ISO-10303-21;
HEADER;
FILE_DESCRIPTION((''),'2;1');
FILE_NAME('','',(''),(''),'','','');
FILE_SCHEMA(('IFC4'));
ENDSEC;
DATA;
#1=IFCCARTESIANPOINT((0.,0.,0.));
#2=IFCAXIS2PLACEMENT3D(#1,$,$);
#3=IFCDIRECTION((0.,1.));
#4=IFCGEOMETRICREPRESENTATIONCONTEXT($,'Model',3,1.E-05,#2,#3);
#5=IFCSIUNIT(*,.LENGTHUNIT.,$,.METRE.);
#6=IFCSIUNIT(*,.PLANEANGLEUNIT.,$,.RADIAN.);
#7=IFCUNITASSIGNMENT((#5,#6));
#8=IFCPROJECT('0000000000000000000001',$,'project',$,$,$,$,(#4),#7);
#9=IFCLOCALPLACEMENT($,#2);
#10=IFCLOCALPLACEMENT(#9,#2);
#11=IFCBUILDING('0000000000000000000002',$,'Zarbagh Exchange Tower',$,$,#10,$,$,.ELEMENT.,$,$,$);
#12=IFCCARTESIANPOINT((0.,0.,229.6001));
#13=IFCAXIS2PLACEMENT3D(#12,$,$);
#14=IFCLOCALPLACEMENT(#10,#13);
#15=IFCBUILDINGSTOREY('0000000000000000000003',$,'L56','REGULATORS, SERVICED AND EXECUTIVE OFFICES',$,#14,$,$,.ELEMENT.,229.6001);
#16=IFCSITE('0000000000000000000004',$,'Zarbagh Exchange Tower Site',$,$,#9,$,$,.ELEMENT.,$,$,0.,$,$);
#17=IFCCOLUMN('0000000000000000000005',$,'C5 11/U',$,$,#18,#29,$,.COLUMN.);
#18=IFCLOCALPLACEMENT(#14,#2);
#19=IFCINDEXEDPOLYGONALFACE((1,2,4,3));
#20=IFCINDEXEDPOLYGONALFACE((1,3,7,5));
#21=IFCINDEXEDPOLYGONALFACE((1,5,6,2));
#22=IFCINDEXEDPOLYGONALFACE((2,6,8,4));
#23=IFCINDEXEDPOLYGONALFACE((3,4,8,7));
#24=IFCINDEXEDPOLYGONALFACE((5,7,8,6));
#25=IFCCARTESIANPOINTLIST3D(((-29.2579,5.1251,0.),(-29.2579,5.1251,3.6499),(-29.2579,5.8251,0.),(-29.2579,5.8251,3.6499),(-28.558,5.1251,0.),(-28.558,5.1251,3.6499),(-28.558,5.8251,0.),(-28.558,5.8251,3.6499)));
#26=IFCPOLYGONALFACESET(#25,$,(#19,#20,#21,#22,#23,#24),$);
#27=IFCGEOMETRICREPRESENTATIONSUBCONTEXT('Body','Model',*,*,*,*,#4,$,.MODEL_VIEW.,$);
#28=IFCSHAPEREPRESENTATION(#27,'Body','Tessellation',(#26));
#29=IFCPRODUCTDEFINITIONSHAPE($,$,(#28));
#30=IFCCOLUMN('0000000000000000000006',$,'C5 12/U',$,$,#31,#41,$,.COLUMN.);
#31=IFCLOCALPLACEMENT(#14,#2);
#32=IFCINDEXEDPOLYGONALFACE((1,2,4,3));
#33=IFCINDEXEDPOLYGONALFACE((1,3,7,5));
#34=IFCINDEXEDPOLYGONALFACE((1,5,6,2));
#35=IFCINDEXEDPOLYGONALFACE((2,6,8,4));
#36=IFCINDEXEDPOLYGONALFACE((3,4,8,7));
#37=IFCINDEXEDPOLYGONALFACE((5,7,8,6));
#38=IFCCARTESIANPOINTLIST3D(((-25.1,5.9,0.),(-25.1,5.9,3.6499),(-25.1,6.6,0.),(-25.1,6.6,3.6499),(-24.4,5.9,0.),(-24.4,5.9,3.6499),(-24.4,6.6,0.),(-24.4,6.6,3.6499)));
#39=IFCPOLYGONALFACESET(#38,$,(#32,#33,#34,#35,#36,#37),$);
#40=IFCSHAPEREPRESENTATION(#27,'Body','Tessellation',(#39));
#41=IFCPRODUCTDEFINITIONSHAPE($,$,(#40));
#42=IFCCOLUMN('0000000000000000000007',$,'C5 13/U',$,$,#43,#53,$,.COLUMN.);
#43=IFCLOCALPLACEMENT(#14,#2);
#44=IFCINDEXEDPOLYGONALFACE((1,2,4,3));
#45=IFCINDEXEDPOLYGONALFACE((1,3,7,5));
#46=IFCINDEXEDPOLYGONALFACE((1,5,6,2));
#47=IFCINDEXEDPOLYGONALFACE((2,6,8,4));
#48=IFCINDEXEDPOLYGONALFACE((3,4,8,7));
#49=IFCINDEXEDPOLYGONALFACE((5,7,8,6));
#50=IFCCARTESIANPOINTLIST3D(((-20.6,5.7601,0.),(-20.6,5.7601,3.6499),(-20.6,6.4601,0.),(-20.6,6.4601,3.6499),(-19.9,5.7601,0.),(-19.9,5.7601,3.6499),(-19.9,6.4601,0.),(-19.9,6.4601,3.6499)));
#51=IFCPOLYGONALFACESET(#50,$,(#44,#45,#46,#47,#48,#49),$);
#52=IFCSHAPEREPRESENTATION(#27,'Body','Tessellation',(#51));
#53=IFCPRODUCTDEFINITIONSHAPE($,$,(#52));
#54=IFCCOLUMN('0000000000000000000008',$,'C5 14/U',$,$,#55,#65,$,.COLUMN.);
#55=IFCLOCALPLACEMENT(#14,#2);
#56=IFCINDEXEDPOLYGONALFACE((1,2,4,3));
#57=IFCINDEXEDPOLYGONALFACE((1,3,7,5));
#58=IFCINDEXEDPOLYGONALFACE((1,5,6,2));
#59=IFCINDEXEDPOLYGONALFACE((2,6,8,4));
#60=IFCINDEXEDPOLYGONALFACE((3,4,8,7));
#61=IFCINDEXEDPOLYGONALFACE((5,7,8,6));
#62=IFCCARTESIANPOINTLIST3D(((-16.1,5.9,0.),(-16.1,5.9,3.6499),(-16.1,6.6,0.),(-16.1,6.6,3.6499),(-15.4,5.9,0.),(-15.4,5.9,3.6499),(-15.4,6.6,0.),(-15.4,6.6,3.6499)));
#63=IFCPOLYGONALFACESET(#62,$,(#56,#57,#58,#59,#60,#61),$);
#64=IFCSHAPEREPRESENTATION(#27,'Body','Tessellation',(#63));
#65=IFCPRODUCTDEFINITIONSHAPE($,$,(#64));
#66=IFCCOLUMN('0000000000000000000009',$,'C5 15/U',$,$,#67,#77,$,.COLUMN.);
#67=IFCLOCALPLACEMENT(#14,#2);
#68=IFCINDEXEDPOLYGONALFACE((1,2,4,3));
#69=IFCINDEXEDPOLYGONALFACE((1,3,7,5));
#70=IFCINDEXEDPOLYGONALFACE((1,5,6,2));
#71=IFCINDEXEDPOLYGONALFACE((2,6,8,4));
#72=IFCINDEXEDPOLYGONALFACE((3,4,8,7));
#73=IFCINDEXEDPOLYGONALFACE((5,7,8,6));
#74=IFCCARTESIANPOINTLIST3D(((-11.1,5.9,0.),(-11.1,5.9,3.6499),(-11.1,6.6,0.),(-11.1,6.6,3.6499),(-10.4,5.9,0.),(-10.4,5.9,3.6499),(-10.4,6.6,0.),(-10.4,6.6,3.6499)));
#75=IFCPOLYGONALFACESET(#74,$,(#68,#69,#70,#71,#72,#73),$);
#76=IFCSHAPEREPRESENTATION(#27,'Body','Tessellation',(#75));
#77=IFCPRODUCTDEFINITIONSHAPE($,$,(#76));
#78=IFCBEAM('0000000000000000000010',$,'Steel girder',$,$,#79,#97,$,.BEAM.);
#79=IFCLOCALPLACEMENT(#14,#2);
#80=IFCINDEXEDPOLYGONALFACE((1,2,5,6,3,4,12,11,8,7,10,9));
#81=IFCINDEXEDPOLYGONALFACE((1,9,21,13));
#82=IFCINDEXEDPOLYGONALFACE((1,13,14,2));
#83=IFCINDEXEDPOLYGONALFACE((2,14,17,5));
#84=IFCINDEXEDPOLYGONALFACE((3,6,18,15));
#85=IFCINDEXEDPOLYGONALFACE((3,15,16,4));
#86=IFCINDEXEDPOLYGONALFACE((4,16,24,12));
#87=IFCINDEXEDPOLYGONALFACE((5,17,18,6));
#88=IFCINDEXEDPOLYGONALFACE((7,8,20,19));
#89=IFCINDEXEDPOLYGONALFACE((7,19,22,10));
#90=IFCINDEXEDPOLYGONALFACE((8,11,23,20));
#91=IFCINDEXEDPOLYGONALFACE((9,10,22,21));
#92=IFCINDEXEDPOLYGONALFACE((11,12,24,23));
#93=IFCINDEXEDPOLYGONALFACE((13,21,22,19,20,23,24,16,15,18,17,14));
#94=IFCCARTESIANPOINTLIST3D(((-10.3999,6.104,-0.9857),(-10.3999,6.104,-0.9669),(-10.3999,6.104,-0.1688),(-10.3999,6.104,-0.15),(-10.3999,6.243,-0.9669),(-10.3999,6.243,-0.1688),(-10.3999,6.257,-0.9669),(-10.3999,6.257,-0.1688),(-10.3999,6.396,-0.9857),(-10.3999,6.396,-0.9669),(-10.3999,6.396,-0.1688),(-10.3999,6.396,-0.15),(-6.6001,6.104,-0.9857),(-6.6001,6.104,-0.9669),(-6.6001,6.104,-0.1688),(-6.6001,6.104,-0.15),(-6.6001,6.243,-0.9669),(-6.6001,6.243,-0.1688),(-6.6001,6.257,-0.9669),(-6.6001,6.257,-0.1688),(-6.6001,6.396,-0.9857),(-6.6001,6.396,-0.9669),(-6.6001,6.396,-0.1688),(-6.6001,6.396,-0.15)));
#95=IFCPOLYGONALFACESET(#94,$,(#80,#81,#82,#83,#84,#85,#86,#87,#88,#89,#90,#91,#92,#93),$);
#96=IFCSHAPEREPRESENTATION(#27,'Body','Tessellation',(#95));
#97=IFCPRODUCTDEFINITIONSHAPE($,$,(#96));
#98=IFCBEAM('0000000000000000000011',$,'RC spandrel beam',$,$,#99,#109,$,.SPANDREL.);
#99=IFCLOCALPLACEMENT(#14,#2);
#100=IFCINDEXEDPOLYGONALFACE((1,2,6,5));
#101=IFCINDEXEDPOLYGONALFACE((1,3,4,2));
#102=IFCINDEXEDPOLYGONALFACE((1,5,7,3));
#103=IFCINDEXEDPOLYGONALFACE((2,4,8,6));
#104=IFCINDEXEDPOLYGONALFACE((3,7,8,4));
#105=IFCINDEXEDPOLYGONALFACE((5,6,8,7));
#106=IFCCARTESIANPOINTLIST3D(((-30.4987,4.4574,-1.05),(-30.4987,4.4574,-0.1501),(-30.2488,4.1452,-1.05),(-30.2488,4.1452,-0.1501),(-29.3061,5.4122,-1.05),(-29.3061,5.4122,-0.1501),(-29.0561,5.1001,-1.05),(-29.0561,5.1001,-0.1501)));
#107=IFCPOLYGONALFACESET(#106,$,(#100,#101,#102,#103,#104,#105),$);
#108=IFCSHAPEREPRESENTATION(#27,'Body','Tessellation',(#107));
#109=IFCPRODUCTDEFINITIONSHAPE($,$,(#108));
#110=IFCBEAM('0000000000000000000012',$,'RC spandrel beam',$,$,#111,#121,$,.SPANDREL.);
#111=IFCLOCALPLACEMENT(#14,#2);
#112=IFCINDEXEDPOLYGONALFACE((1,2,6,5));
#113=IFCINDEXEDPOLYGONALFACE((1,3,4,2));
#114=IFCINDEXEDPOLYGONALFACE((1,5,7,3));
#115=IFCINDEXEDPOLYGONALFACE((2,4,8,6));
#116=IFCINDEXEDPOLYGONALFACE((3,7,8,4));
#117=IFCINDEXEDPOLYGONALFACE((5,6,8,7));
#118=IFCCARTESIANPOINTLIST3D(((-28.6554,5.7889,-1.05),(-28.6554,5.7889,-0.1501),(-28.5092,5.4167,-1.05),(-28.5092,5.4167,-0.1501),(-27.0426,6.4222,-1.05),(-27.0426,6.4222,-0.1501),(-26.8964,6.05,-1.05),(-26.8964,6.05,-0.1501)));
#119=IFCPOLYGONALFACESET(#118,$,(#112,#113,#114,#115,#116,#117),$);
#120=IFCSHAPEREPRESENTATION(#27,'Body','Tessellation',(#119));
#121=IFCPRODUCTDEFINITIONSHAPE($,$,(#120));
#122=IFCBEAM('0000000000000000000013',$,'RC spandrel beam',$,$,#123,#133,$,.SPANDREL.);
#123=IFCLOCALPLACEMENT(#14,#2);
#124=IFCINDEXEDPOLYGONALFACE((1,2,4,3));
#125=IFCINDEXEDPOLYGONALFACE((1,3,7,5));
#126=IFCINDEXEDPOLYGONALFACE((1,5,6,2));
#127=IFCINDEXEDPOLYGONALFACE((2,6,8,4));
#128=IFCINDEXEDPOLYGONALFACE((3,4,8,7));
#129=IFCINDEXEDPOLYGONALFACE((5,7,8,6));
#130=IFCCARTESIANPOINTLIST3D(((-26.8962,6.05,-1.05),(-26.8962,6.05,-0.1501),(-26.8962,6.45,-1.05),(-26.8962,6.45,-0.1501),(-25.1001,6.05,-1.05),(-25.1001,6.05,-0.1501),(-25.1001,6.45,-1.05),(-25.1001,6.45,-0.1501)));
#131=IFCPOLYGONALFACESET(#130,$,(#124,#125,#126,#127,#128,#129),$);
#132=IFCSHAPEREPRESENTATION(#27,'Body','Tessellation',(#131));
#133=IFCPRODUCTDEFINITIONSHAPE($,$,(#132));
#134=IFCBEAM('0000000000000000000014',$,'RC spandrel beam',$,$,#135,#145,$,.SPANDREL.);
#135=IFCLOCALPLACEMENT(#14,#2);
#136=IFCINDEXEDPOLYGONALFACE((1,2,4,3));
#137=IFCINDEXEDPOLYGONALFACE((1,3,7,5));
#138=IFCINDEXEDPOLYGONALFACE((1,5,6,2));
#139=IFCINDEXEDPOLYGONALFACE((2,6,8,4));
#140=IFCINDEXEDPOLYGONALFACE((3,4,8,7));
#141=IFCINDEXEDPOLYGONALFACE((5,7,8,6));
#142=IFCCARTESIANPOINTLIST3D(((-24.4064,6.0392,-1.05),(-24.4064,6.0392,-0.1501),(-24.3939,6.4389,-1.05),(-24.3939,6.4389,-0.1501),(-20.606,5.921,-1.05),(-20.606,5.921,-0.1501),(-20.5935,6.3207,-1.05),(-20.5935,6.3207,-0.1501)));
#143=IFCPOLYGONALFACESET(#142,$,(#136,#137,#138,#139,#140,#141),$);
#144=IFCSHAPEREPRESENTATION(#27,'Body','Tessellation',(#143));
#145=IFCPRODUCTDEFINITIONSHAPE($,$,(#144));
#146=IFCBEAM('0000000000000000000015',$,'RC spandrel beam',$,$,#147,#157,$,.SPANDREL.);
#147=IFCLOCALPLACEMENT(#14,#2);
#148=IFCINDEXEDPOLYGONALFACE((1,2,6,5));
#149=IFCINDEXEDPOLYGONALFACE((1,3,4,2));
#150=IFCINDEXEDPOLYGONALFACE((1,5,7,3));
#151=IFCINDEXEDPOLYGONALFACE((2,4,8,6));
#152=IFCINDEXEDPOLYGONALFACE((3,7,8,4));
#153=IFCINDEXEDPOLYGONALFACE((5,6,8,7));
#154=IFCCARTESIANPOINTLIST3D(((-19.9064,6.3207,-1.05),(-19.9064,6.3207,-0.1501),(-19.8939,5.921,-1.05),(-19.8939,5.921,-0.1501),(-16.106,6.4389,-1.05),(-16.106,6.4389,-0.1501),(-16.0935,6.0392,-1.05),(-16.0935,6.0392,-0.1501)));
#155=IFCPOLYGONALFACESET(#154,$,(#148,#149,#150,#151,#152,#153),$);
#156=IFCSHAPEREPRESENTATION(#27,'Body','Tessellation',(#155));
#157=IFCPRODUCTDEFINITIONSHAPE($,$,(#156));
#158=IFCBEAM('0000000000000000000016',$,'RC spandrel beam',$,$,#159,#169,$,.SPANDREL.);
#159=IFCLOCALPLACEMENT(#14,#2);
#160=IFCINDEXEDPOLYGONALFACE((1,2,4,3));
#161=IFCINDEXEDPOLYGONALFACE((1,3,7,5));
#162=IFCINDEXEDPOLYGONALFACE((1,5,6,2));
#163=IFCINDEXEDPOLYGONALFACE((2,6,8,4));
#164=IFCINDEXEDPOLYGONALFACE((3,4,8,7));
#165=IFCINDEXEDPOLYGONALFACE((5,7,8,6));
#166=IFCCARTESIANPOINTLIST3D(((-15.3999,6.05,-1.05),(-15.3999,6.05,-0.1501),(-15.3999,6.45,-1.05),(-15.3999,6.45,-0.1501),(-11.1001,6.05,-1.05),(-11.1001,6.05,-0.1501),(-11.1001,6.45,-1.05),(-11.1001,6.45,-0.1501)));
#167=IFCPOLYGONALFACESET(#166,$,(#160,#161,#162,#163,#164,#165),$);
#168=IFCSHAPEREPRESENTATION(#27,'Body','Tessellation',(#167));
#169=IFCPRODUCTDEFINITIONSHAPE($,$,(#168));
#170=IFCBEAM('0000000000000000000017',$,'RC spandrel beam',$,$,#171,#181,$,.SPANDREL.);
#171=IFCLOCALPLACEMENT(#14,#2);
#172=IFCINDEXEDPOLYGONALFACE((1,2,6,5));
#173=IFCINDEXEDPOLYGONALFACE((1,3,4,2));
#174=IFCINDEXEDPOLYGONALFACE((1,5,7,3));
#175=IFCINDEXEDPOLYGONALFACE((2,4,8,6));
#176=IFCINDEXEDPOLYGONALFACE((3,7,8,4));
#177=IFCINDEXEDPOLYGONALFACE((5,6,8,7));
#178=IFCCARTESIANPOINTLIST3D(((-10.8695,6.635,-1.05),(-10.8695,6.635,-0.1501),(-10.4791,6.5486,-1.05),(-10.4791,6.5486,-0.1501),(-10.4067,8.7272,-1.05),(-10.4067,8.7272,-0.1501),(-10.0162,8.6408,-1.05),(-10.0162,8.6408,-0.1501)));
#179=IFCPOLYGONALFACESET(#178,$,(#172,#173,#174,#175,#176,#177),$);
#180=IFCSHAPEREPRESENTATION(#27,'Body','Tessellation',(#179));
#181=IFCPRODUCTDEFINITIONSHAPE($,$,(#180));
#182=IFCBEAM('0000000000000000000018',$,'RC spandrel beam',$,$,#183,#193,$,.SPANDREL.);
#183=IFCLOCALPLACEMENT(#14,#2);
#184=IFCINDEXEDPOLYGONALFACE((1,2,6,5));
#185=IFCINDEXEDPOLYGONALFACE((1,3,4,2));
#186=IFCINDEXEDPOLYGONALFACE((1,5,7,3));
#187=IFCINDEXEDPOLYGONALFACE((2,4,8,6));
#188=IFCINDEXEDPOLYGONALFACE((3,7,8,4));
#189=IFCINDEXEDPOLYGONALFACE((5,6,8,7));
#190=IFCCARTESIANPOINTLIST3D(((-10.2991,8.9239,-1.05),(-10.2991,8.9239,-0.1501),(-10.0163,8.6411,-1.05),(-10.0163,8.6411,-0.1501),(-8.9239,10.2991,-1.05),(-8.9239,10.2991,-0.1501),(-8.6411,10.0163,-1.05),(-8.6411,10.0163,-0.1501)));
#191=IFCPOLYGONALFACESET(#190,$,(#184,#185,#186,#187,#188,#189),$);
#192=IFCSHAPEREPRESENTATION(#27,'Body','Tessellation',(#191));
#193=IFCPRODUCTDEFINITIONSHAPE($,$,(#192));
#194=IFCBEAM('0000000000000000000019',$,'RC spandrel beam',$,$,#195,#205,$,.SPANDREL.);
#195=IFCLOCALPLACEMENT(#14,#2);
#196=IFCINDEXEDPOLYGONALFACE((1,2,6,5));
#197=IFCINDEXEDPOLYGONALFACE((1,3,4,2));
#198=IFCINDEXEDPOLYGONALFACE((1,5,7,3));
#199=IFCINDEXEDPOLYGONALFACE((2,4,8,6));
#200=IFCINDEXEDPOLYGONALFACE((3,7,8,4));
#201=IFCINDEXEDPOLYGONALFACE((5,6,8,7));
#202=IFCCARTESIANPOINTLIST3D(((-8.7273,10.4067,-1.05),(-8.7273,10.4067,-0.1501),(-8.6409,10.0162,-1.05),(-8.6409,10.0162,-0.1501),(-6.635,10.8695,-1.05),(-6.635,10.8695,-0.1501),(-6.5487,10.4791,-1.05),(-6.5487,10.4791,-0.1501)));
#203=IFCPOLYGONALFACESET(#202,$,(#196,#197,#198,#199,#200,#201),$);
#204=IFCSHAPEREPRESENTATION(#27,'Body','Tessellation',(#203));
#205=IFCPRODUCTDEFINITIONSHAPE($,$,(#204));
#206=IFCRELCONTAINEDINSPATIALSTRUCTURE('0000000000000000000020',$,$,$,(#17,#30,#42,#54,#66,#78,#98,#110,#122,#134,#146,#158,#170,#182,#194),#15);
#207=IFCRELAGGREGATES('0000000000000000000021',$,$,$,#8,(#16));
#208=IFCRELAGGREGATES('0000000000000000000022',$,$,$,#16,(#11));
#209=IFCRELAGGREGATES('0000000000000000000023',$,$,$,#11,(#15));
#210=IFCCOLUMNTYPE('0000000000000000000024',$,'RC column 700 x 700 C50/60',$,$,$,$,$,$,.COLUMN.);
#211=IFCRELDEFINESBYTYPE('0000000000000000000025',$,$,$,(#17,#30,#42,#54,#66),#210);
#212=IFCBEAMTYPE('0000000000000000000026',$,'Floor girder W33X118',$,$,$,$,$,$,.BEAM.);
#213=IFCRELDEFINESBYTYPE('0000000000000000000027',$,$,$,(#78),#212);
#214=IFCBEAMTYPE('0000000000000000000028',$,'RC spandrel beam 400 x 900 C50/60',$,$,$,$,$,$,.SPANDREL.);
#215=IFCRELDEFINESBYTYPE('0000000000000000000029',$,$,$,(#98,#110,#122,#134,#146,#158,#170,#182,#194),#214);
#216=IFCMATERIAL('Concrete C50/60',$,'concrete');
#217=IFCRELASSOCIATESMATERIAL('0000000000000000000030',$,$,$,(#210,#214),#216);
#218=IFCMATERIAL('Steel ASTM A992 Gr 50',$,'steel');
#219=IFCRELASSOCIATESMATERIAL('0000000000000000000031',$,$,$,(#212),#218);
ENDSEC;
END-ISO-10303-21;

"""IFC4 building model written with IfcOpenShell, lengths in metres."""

from ifc_helpers import new_model, si_unit, direction, frame, origin, origin_2d, place, context, subcontext, project, spatial, rectangle, i_section, extrude, material, material_profile, profile_set, type_object, element, save


model = new_model("IFC4")

# Units and contexts
model_context = context("Model", 3, precision=1e-05, world=origin(), true_north=direction((0.0, 1.0)))
body_context = subcontext(model_context, "Body", "Model", "MODEL_VIEW")
ifc_project = project(units=[si_unit("LENGTHUNIT", "METRE"), si_unit("PLANEANGLEUNIT", "RADIAN")], contexts=[model_context])

# Site, building, storey
site_placement = place(None, origin())
site = spatial("IfcSite", under=ifc_project, at=site_placement, Name="Zarbagh Exchange Tower Site", CompositionType="ELEMENT", RefElevation=0.0)
building_placement = place(site_placement, origin())
building = spatial("IfcBuilding", under=site, at=building_placement, Name="Zarbagh Exchange Tower", CompositionType="ELEMENT")
storey_placement = place(building_placement, frame((0.0, 0.0, 229.6001)))
storey = spatial("IfcBuildingStorey", under=building, at=storey_placement, Name="L56", Description="REGULATORS, SERVICED AND EXECUTIVE OFFICES", CompositionType="ELEMENT", Elevation=229.6001)

# Columns
ifc_material_1 = material(Name="Concrete C50/60", Category="concrete")
ifc_material_profile_1 = material_profile(ifc_material_1, rectangle(XDim=0.7, YDim=0.7, at=origin_2d()), Name="RC column 700 x 700 C50/60")
ifc_profile_set_1 = profile_set([ifc_material_profile_1], Name="Concrete C50/60")
column_type = type_object("IfcColumnType", Name="RC column 700 x 700 C50/60", PredefinedType="COLUMN", material=ifc_profile_set_1)
for number, where, z_axis, x_axis, name in (
    (1, (-28.908, 5.4751, 0.0), (0.0, 0.0, 1.0), (1.0, 0.0, 0.0), "C5 11/U"),
    (2, (-24.75, 6.25, 0.0), (0.0, 0.0, 1.0), (1.0, 0.0, 0.0), "C5 12/U"),
    (3, (-20.25, 6.1101, 0.0), (0.0, 0.0, 1.0), (1.0, 0.0, 0.0), "C5 13/U"),
    (4, (-15.75, 6.25, 0.0), (0.0, 0.0, 1.0), (1.0, 0.0, 0.0), "C5 14/U"),
    (5, (-10.75, 6.25, 0.0), (0.0, 0.0, 1.0), (1.0, 0.0, 0.0), "C5 15/U"),
):
    element("IfcColumn", number, at=place(storey_placement, frame(where, z_axis=z_axis, x_axis=x_axis)), inside=storey, type_object=column_type, Name=name, PredefinedType="COLUMN", context=body_context, shape_type="SweptSolid", body=[
        extrude(rectangle(XDim=0.7, YDim=0.7, at=origin_2d()), origin(), (0.0, 0.0, 1.0), 3.6499),
    ])

# Beams
ifc_material_2 = material(Name="Steel ASTM A992 Gr 50", Category="steel")
ifc_material_profile_2 = material_profile(ifc_material_2, i_section(OverallWidth=0.292, OverallDepth=0.8357, WebThickness=0.0139, FlangeThickness=0.0188, at=origin_2d()), Name="W33X118")
ifc_profile_set_2 = profile_set([ifc_material_profile_2], Name="Steel ASTM A992 Gr 50")
beam_type_1 = type_object("IfcBeamType", Name="Floor girder W33X118", PredefinedType="BEAM", material=ifc_profile_set_2)
beam_1_placement = place(storey_placement, frame((-10.3999, 6.25, -0.5679), z_axis=(1.0, 0.0, 0.0), x_axis=(0.0, 1.0, 0.0)))
element("IfcBeam", 6, at=beam_1_placement, inside=storey, type_object=beam_type_1, Name="Steel girder", PredefinedType="BEAM", context=body_context, shape_type="SweptSolid", body=[
    extrude(i_section(OverallWidth=0.292, OverallDepth=0.8357, WebThickness=0.0139, FlangeThickness=0.0188, at=origin_2d()), origin(), (0.0, 0.0, 1.0), 3.7998),
])
ifc_material_profile_3 = material_profile(ifc_material_1, rectangle(XDim=0.3999, YDim=0.8999, at=origin_2d()), Name="RC spandrel beam 400 x 900 C50/60")
ifc_profile_set_3 = profile_set([ifc_material_profile_3], Name="Concrete C50/60")
beam_type_2 = type_object("IfcBeamType", Name="RC spandrel beam 400 x 900 C50/60", PredefinedType="SPANDREL", material=ifc_profile_set_3)
beam_2_placement = place(storey_placement, frame((-30.3738, 4.3013, -0.6001), z_axis=(0.780635, 0.624987, 0.0), x_axis=(-0.624987, 0.780635, 0.0)))
element("IfcBeam", 7, at=beam_2_placement, inside=storey, type_object=beam_type_2, Name="RC spandrel beam", PredefinedType="SPANDREL", context=body_context, shape_type="SweptSolid", body=[
    extrude(rectangle(XDim=0.3999, YDim=0.8999, at=origin_2d()), origin(), (0.0, 0.0, 1.0), 1.5278),
])
beam_3_placement = place(storey_placement, frame((-28.5823, 5.6028, -0.6001), z_axis=(0.93081, 0.365504, 0.0), x_axis=(-0.365504, 0.93081, 0.0)))
element("IfcBeam", 8, at=beam_3_placement, inside=storey, type_object=beam_type_2, Name="RC spandrel beam", PredefinedType="SPANDREL", context=body_context, shape_type="SweptSolid", body=[
    extrude(rectangle(XDim=0.3999, YDim=0.8999, at=origin_2d()), origin(), (0.0, 0.0, 1.0), 1.7327),
])
beam_4_placement = place(storey_placement, frame((-26.8962, 6.25, -0.6001), z_axis=(1.0, 0.0, 0.0), x_axis=(0.0, 1.0, 0.0)))
element("IfcBeam", 9, at=beam_4_placement, inside=storey, type_object=beam_type_2, Name="RC spandrel beam", PredefinedType="SPANDREL", context=body_context, shape_type="SweptSolid", body=[
    extrude(rectangle(XDim=0.3999, YDim=0.8999, at=origin_2d()), origin(), (0.0, 0.0, 1.0), 1.7961),
])
for number, where, z_axis, x_axis, name in (
    (10, (-24.4001, 6.239, -0.6001), (0.999517, -0.031078, 0.0), (0.031078, 0.999517, 0.0), "RC spandrel beam"),
    (11, (-19.9001, 6.1208, -0.6001), (0.999517, 0.031078, 0.0), (-0.031078, 0.999517, 0.0), "RC spandrel beam"),
):
    element("IfcBeam", number, at=place(storey_placement, frame(where, z_axis=z_axis, x_axis=x_axis)), inside=storey, type_object=beam_type_2, Name=name, PredefinedType="SPANDREL", context=body_context, shape_type="SweptSolid", body=[
        extrude(rectangle(XDim=0.3999, YDim=0.8999, at=origin_2d()), origin(), (0.0, 0.0, 1.0), 3.8022),
    ])
beam_5_placement = place(storey_placement, frame((-15.3999, 6.25, -0.6001), z_axis=(1.0, 0.0, 0.0), x_axis=(0.0, 1.0, 0.0)))
element("IfcBeam", 12, at=beam_5_placement, inside=storey, type_object=beam_type_2, Name="RC spandrel beam", PredefinedType="SPANDREL", context=body_context, shape_type="SweptSolid", body=[
    extrude(rectangle(XDim=0.3999, YDim=0.8999, at=origin_2d()), origin(), (0.0, 0.0, 1.0), 4.2998),
])
beam_6_placement = place(storey_placement, frame((-10.6743, 6.5918, -0.6001), z_axis=(0.216014, 0.97639, 0.0), x_axis=(-0.97639, 0.216014, 0.0)))
element("IfcBeam", 13, at=beam_6_placement, inside=storey, type_object=beam_type_2, Name="RC spandrel beam", PredefinedType="SPANDREL", context=body_context, shape_type="SweptSolid", body=[
    extrude(rectangle(XDim=0.3999, YDim=0.8999, at=origin_2d()), origin(), (0.0, 0.0, 1.0), 2.1428),
])
beam_7_placement = place(storey_placement, frame((-10.1577, 8.7825, -0.6001), z_axis=(0.707107, 0.707107, 0.0), x_axis=(-0.707107, 0.707107, 0.0)))
element("IfcBeam", 14, at=beam_7_placement, inside=storey, type_object=beam_type_2, Name="RC spandrel beam", PredefinedType="SPANDREL", context=body_context, shape_type="SweptSolid", body=[
    extrude(rectangle(XDim=0.3999, YDim=0.8999, at=origin_2d()), origin(), (0.0, 0.0, 1.0), 1.9448),
])
beam_8_placement = place(storey_placement, frame((-8.6841, 10.2114, -0.6001), z_axis=(0.97639, 0.216014, 0.0), x_axis=(-0.216014, 0.97639, 0.0)))
element("IfcBeam", 15, at=beam_8_placement, inside=storey, type_object=beam_type_2, Name="RC spandrel beam", PredefinedType="SPANDREL", context=body_context, shape_type="SweptSolid", body=[
    extrude(rectangle(XDim=0.3999, YDim=0.8999, at=origin_2d()), origin(), (0.0, 0.0, 1.0), 2.1428),
])

save(model, "model.ifc")
